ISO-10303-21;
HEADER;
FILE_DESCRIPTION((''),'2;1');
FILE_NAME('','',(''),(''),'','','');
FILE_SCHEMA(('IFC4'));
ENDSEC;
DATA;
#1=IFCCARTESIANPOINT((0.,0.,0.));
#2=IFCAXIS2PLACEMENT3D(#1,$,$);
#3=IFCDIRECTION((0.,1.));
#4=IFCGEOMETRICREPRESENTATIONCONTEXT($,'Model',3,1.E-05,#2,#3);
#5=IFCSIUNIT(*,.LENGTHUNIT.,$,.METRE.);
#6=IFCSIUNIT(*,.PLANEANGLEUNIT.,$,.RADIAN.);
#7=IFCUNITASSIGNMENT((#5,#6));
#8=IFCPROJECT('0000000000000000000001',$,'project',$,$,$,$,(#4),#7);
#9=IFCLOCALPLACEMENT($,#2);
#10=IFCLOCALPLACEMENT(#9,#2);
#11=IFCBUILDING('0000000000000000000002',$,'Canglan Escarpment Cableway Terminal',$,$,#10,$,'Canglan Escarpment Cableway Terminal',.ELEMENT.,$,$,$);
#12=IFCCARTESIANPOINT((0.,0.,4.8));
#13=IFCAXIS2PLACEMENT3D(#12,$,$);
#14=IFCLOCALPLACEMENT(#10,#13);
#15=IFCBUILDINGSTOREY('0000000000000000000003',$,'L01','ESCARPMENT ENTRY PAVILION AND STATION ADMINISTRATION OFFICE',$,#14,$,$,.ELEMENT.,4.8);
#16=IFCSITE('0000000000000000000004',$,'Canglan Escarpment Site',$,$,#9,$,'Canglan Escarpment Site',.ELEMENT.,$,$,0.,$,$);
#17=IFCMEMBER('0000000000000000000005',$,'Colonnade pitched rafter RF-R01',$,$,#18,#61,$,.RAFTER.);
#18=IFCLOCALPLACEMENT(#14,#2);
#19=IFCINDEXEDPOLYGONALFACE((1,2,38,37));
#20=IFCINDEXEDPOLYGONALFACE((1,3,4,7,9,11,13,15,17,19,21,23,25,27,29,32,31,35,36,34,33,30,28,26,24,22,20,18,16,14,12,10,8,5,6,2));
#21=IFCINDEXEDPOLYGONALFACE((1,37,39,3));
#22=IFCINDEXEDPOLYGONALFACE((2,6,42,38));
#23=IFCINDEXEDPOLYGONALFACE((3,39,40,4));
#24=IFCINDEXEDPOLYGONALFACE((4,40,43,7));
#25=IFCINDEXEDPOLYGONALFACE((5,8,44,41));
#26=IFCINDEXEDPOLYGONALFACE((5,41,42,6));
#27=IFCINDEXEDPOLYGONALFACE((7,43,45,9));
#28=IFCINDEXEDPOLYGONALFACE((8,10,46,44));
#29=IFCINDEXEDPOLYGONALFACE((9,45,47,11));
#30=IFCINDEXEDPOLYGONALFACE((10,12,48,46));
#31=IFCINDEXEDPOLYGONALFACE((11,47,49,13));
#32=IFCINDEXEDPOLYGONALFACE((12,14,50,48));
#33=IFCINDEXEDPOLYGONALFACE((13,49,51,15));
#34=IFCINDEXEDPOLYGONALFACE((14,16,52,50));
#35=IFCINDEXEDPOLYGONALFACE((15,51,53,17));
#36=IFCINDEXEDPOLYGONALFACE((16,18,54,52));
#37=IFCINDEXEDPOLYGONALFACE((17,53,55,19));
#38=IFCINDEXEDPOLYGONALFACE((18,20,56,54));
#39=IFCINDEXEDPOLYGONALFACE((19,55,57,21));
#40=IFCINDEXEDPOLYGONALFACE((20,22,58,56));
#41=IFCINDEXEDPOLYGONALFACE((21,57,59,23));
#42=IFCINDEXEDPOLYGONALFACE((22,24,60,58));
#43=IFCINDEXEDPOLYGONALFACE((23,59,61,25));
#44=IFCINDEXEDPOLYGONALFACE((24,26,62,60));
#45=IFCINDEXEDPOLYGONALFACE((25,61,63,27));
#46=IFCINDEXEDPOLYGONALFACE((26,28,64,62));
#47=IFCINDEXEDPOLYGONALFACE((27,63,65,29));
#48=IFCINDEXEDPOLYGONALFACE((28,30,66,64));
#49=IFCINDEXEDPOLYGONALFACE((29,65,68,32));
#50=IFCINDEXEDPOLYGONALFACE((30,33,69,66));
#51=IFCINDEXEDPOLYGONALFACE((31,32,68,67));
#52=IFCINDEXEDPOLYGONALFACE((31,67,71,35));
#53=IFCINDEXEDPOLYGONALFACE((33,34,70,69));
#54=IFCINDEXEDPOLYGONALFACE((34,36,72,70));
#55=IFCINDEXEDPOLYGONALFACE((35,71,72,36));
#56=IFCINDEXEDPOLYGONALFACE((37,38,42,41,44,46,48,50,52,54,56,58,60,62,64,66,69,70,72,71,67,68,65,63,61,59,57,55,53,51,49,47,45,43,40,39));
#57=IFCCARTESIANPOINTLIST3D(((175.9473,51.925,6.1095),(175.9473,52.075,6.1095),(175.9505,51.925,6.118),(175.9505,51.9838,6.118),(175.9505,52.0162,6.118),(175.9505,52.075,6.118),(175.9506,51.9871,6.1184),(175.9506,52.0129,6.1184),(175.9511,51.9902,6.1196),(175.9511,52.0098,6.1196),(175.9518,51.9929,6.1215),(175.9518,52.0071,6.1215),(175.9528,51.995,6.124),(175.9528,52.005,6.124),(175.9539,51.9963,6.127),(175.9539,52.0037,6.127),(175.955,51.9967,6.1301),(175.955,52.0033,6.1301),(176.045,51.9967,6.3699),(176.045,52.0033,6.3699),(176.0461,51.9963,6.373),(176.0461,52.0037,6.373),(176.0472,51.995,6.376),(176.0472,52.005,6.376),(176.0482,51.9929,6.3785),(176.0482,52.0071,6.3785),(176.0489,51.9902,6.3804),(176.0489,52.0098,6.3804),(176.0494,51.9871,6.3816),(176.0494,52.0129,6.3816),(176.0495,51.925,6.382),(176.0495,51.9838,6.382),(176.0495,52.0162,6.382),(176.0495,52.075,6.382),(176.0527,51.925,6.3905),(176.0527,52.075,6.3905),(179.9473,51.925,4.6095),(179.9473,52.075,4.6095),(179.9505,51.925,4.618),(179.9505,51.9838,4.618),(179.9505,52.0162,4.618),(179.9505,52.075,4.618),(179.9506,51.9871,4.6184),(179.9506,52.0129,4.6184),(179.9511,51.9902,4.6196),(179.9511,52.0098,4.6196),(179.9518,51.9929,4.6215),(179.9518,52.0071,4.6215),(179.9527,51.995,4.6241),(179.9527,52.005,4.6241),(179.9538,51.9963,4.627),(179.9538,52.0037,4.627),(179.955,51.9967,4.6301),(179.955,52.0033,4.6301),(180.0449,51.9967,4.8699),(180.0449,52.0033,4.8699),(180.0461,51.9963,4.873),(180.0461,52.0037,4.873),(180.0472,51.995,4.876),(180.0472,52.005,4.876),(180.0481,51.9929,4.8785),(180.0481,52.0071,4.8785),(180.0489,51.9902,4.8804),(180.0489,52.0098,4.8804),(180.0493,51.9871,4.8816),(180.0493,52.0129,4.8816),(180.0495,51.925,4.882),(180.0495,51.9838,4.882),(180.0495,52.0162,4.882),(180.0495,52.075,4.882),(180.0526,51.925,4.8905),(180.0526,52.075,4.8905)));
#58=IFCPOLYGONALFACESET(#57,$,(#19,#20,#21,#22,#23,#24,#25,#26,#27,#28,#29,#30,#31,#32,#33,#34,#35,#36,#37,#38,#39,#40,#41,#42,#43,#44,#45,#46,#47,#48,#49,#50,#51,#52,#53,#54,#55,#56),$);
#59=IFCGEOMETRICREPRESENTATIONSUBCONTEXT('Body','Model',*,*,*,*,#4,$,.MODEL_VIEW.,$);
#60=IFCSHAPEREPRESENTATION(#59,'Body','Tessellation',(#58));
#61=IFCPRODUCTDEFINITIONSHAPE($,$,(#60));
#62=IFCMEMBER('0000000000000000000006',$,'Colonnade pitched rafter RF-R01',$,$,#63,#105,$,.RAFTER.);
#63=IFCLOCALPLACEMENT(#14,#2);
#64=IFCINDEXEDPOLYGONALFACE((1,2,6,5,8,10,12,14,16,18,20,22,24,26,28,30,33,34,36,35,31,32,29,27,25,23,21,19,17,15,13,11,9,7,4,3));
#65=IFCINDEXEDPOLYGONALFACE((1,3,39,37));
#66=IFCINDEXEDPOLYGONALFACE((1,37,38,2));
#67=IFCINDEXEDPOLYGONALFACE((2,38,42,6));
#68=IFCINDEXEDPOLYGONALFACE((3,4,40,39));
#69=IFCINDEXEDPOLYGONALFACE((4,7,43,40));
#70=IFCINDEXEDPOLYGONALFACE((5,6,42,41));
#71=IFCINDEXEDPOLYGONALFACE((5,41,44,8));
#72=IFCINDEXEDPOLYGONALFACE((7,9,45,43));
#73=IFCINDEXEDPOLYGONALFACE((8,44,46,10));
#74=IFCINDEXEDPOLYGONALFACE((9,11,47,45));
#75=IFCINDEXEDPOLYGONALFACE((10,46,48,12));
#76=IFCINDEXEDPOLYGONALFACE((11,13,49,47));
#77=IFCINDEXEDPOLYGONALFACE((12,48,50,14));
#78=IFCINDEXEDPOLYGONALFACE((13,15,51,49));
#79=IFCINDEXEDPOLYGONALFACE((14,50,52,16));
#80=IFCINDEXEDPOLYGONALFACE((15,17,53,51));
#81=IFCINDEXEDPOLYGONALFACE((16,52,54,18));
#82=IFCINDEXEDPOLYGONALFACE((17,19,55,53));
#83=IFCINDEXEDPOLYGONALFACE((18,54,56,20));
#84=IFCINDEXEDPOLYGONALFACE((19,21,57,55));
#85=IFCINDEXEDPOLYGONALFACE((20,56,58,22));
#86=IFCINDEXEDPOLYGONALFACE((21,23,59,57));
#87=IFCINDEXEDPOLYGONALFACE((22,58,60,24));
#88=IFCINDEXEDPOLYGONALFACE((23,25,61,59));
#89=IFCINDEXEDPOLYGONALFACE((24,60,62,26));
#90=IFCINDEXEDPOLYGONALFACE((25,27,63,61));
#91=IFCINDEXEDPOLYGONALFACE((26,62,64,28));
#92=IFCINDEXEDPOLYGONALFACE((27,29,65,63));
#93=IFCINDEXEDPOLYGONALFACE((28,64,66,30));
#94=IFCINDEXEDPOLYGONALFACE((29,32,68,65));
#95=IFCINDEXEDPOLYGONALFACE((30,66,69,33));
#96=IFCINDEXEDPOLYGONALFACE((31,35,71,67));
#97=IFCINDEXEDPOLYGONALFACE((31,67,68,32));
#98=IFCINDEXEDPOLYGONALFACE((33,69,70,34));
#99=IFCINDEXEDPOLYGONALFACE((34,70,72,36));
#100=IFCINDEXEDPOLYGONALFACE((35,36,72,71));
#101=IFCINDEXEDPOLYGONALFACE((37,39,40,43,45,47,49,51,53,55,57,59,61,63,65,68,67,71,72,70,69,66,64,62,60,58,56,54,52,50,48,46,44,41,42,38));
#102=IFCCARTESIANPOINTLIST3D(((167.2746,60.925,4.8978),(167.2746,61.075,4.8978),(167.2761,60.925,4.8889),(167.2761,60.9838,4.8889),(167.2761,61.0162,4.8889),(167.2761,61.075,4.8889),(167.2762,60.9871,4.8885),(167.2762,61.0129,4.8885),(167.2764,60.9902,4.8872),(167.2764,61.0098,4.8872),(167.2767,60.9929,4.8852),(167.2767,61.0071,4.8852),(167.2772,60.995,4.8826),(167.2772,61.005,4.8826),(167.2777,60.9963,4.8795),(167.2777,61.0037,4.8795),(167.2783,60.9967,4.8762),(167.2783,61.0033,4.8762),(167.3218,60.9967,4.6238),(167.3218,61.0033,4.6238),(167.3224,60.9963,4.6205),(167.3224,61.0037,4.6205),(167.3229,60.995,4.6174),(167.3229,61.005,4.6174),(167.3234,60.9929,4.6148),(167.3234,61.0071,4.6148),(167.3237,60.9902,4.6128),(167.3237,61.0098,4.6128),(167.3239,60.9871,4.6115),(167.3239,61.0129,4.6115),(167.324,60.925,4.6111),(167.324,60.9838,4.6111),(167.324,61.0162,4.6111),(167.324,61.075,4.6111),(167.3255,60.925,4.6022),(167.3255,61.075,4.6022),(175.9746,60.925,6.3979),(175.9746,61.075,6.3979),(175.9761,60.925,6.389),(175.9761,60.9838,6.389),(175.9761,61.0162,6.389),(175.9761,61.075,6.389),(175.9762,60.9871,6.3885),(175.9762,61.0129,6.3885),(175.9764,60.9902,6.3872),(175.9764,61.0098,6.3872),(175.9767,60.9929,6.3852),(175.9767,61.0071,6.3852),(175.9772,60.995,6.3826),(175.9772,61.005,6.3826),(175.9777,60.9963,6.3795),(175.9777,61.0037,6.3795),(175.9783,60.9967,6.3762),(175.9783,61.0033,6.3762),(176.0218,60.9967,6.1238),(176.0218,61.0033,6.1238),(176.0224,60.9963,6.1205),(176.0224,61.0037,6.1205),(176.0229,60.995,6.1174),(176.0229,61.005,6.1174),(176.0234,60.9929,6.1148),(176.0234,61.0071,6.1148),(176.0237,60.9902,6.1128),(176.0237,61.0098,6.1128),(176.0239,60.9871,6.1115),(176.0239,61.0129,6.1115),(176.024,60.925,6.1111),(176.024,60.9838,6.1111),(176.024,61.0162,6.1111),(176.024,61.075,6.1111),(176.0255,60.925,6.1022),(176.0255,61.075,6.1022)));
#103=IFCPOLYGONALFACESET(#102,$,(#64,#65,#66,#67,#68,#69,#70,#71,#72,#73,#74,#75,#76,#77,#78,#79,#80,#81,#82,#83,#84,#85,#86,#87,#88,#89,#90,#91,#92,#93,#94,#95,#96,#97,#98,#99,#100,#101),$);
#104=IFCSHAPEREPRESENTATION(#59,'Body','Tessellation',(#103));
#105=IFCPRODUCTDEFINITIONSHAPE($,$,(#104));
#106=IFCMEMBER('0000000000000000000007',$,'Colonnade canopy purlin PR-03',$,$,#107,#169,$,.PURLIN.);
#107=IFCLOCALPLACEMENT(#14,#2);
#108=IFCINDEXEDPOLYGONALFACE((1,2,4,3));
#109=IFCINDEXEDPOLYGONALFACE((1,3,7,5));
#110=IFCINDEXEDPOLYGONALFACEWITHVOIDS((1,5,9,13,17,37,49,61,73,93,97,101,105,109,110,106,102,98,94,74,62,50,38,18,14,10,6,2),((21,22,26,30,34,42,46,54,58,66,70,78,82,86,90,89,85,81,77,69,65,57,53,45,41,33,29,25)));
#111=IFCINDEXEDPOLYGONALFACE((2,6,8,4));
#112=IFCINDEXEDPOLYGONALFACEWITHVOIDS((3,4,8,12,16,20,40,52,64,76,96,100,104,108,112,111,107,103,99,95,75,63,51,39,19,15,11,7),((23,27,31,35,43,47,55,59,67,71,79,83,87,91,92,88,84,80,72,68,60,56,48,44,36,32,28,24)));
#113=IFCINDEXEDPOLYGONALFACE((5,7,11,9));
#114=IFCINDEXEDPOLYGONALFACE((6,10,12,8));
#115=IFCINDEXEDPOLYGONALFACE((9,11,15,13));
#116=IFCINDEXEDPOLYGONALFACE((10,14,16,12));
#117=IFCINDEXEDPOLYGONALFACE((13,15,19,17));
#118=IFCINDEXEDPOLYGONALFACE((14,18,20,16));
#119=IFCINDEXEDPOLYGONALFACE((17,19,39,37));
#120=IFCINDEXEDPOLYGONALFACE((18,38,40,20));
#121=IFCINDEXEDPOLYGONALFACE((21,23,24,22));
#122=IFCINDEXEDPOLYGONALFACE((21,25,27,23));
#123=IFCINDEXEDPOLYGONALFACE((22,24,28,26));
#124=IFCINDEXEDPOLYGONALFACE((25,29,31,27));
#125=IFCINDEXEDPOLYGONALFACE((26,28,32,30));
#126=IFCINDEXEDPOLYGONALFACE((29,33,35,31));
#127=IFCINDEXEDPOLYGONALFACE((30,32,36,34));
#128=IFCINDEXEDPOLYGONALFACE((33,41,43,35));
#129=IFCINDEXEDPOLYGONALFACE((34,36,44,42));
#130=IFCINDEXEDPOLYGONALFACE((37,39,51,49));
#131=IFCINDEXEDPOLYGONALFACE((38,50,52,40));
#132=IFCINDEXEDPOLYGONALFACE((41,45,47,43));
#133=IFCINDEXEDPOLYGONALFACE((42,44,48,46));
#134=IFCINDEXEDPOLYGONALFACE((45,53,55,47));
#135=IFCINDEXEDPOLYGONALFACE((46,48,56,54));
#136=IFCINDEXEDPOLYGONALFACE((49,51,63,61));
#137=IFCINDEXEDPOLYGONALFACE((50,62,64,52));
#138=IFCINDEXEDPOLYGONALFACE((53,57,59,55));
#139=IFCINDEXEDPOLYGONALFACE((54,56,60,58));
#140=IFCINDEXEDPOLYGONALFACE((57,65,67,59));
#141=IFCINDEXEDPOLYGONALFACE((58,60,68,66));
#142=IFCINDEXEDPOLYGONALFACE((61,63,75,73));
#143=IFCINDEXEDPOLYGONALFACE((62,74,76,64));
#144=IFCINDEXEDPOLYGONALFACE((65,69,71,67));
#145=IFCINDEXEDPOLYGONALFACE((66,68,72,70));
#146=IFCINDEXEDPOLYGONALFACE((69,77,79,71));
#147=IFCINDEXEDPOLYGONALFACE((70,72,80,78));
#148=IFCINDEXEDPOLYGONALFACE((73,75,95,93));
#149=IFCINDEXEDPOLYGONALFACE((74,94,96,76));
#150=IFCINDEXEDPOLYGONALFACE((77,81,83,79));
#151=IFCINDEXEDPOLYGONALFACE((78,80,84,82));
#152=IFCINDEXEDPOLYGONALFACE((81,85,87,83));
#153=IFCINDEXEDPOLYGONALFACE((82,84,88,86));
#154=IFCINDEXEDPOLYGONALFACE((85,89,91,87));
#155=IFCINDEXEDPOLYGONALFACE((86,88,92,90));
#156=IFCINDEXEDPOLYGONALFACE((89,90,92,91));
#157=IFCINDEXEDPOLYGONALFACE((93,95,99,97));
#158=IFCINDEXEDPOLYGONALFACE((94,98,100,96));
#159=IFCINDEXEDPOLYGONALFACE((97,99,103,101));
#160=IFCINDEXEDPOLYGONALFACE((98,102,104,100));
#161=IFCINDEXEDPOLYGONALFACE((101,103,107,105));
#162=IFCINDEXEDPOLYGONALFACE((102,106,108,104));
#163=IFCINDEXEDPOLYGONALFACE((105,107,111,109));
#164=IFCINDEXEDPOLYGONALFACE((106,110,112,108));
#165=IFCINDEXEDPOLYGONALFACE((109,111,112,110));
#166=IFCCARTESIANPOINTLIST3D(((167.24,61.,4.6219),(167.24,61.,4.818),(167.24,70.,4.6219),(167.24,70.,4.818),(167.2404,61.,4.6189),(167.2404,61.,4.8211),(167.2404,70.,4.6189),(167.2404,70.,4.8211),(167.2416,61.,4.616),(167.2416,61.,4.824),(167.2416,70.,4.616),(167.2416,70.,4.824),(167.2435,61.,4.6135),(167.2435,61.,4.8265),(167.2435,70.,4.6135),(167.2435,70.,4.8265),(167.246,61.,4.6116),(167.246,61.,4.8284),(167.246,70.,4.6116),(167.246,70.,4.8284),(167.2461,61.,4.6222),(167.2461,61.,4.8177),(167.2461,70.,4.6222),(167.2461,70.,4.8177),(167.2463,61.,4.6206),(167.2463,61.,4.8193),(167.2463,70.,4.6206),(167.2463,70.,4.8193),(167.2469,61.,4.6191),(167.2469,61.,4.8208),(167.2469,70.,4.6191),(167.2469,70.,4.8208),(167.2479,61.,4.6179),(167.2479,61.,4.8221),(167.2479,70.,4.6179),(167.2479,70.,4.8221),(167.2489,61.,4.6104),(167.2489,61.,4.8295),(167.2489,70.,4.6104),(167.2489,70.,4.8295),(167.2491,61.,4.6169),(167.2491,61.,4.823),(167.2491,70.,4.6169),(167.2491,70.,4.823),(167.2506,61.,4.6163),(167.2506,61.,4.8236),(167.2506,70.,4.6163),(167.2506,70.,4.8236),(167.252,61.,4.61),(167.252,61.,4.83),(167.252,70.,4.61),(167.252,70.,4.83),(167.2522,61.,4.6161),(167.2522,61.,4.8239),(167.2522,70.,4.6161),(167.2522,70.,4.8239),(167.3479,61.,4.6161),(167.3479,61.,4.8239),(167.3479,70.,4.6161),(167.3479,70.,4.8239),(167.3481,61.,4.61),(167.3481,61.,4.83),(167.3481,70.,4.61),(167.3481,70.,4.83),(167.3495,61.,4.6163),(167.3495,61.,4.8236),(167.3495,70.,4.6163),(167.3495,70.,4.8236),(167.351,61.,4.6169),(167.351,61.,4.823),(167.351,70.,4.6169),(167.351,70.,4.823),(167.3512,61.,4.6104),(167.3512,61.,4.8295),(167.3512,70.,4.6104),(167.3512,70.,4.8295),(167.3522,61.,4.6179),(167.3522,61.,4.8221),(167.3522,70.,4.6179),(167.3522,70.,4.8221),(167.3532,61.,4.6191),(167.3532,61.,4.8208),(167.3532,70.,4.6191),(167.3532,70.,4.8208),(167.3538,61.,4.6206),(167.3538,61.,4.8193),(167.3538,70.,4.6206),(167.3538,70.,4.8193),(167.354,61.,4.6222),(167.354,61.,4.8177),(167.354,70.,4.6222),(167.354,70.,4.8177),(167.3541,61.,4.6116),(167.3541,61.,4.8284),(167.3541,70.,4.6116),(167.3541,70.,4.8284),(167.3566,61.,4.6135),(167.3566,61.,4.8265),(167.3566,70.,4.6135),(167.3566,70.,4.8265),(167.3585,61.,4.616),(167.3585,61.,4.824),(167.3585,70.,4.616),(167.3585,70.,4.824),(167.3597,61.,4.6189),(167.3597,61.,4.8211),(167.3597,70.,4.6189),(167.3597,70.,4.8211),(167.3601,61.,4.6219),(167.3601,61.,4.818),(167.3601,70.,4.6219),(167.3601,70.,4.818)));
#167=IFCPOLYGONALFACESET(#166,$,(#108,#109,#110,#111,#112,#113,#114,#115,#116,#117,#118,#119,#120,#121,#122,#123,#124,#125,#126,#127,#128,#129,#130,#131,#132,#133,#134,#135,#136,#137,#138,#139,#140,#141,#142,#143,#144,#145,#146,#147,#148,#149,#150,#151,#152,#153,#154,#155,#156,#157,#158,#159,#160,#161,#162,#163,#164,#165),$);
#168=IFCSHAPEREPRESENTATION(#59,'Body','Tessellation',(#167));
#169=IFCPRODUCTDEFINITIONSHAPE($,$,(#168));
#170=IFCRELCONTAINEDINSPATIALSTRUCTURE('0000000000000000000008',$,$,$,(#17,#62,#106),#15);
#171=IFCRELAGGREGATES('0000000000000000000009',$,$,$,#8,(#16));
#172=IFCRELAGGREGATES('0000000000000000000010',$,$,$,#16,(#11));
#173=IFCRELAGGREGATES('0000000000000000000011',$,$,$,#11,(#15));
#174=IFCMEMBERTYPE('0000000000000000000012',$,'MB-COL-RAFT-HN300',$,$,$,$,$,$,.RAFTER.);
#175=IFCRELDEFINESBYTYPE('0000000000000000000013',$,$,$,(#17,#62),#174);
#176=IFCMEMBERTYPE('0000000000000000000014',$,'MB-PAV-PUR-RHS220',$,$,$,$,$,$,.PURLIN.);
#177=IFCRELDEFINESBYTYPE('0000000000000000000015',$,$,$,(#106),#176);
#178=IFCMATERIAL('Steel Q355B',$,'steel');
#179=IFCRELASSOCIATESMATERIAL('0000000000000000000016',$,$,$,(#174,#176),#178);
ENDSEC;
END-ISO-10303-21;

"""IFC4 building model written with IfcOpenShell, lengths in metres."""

from ifc_helpers import new_model, si_unit, direction, frame, origin, origin_2d, place, context, subcontext, project, spatial, hollow_rectangle, i_section, extrude, material, material_profile, profile_set, type_object, element, save


model = new_model("IFC4")

# Units and contexts
model_context = context("Model", 3, precision=1e-05, world=origin(), true_north=direction((0.0, 1.0)))
body_context = subcontext(model_context, "Body", "Model", "MODEL_VIEW")
ifc_project = project(units=[si_unit("LENGTHUNIT", "METRE"), si_unit("PLANEANGLEUNIT", "RADIAN")], contexts=[model_context])

# Site, building, storey
site_placement = place(None, origin())
site = spatial("IfcSite", under=ifc_project, at=site_placement, Name="Canglan Escarpment Site", LongName="Canglan Escarpment Site", CompositionType="ELEMENT", RefElevation=0.0)
building_placement = place(site_placement, origin())
building = spatial("IfcBuilding", under=site, at=building_placement, Name="Canglan Escarpment Cableway Terminal", LongName="Canglan Escarpment Cableway Terminal", CompositionType="ELEMENT")
storey_placement = place(building_placement, frame((0.0, 0.0, 4.8)))
storey = spatial("IfcBuildingStorey", under=building, at=storey_placement, Name="L01", Description="ESCARPMENT ENTRY PAVILION AND STATION ADMINISTRATION OFFICE", CompositionType="ELEMENT", Elevation=4.8)

# Shared definitions
ifc_material_1 = material(Name="Steel Q355B", Category="steel")

# Members
ifc_material_profile_1 = material_profile(ifc_material_1, i_section(OverallWidth=0.1499, OverallDepth=0.3, WebThickness=0.0066, FlangeThickness=0.009, FilletRadius=0.0129, at=origin_2d()), Name="HN 300x150x6.5x9")
ifc_profile_set_1 = profile_set([ifc_material_profile_1], Name="Steel Q355B")
member_type_1 = type_object("IfcMemberType", Name="MB-COL-RAFT-HN300", PredefinedType="RAFTER", material=ifc_profile_set_1)
member_1_placement = place(storey_placement, frame((176.0, 52.0, 6.25), z_axis=(0.936329, 0.0, -0.351123), x_axis=(0.0, 1.0, 0.0)))
element("IfcMember", 1, at=member_1_placement, inside=storey, type_object=member_type_1, Name="Colonnade pitched rafter RF-R01", PredefinedType="RAFTER", context=body_context, shape_type="SweptSolid", body=[
    extrude(i_section(OverallWidth=0.1499, OverallDepth=0.3, WebThickness=0.0066, FlangeThickness=0.009, FilletRadius=0.0129, at=origin_2d()), origin(), (0.0, 0.0, 1.0), 4.272),
])
member_2_placement = place(storey_placement, frame((167.3, 61.0, 4.75), z_axis=(0.98546, 0.0, 0.169908), x_axis=(0.0, 1.0, 0.0)))
element("IfcMember", 2, at=member_2_placement, inside=storey, type_object=member_type_1, Name="Colonnade pitched rafter RF-R01", PredefinedType="RAFTER", context=body_context, shape_type="SweptSolid", body=[
    extrude(i_section(OverallWidth=0.1499, OverallDepth=0.3, WebThickness=0.0066, FlangeThickness=0.009, FilletRadius=0.0129, at=origin_2d()), origin(), (0.0, 0.0, 1.0), 8.8284),
])
ifc_material_profile_2 = material_profile(ifc_material_1, hollow_rectangle(XDim=0.1201, YDim=0.22, WallThickness=0.0061, InnerFilletRadius=0.0061, OuterFilletRadius=0.012, at=origin_2d()), Name="RHS 220x120x6")
ifc_profile_set_2 = profile_set([ifc_material_profile_2], Name="Steel Q355B")
member_type_2 = type_object("IfcMemberType", Name="MB-PAV-PUR-RHS220", PredefinedType="PURLIN", material=ifc_profile_set_2)
for number, where, z_axis, x_axis, name in (
    (3, (167.3, 61.0, 4.72), (0.0, 1.0, 0.0), (-1.0, 0.0, 0.0), "Colonnade canopy purlin PR-03"),
):
    element("IfcMember", number, at=place(storey_placement, frame(where, z_axis=z_axis, x_axis=x_axis)), inside=storey, type_object=member_type_2, Name=name, PredefinedType="PURLIN", context=body_context, shape_type="SweptSolid", body=[
        extrude(hollow_rectangle(XDim=0.1201, YDim=0.22, WallThickness=0.0061, InnerFilletRadius=0.0061, OuterFilletRadius=0.012, at=origin_2d()), origin(), (0.0, 0.0, 1.0), 9.0),
    ])

save(model, "model.ifc")
